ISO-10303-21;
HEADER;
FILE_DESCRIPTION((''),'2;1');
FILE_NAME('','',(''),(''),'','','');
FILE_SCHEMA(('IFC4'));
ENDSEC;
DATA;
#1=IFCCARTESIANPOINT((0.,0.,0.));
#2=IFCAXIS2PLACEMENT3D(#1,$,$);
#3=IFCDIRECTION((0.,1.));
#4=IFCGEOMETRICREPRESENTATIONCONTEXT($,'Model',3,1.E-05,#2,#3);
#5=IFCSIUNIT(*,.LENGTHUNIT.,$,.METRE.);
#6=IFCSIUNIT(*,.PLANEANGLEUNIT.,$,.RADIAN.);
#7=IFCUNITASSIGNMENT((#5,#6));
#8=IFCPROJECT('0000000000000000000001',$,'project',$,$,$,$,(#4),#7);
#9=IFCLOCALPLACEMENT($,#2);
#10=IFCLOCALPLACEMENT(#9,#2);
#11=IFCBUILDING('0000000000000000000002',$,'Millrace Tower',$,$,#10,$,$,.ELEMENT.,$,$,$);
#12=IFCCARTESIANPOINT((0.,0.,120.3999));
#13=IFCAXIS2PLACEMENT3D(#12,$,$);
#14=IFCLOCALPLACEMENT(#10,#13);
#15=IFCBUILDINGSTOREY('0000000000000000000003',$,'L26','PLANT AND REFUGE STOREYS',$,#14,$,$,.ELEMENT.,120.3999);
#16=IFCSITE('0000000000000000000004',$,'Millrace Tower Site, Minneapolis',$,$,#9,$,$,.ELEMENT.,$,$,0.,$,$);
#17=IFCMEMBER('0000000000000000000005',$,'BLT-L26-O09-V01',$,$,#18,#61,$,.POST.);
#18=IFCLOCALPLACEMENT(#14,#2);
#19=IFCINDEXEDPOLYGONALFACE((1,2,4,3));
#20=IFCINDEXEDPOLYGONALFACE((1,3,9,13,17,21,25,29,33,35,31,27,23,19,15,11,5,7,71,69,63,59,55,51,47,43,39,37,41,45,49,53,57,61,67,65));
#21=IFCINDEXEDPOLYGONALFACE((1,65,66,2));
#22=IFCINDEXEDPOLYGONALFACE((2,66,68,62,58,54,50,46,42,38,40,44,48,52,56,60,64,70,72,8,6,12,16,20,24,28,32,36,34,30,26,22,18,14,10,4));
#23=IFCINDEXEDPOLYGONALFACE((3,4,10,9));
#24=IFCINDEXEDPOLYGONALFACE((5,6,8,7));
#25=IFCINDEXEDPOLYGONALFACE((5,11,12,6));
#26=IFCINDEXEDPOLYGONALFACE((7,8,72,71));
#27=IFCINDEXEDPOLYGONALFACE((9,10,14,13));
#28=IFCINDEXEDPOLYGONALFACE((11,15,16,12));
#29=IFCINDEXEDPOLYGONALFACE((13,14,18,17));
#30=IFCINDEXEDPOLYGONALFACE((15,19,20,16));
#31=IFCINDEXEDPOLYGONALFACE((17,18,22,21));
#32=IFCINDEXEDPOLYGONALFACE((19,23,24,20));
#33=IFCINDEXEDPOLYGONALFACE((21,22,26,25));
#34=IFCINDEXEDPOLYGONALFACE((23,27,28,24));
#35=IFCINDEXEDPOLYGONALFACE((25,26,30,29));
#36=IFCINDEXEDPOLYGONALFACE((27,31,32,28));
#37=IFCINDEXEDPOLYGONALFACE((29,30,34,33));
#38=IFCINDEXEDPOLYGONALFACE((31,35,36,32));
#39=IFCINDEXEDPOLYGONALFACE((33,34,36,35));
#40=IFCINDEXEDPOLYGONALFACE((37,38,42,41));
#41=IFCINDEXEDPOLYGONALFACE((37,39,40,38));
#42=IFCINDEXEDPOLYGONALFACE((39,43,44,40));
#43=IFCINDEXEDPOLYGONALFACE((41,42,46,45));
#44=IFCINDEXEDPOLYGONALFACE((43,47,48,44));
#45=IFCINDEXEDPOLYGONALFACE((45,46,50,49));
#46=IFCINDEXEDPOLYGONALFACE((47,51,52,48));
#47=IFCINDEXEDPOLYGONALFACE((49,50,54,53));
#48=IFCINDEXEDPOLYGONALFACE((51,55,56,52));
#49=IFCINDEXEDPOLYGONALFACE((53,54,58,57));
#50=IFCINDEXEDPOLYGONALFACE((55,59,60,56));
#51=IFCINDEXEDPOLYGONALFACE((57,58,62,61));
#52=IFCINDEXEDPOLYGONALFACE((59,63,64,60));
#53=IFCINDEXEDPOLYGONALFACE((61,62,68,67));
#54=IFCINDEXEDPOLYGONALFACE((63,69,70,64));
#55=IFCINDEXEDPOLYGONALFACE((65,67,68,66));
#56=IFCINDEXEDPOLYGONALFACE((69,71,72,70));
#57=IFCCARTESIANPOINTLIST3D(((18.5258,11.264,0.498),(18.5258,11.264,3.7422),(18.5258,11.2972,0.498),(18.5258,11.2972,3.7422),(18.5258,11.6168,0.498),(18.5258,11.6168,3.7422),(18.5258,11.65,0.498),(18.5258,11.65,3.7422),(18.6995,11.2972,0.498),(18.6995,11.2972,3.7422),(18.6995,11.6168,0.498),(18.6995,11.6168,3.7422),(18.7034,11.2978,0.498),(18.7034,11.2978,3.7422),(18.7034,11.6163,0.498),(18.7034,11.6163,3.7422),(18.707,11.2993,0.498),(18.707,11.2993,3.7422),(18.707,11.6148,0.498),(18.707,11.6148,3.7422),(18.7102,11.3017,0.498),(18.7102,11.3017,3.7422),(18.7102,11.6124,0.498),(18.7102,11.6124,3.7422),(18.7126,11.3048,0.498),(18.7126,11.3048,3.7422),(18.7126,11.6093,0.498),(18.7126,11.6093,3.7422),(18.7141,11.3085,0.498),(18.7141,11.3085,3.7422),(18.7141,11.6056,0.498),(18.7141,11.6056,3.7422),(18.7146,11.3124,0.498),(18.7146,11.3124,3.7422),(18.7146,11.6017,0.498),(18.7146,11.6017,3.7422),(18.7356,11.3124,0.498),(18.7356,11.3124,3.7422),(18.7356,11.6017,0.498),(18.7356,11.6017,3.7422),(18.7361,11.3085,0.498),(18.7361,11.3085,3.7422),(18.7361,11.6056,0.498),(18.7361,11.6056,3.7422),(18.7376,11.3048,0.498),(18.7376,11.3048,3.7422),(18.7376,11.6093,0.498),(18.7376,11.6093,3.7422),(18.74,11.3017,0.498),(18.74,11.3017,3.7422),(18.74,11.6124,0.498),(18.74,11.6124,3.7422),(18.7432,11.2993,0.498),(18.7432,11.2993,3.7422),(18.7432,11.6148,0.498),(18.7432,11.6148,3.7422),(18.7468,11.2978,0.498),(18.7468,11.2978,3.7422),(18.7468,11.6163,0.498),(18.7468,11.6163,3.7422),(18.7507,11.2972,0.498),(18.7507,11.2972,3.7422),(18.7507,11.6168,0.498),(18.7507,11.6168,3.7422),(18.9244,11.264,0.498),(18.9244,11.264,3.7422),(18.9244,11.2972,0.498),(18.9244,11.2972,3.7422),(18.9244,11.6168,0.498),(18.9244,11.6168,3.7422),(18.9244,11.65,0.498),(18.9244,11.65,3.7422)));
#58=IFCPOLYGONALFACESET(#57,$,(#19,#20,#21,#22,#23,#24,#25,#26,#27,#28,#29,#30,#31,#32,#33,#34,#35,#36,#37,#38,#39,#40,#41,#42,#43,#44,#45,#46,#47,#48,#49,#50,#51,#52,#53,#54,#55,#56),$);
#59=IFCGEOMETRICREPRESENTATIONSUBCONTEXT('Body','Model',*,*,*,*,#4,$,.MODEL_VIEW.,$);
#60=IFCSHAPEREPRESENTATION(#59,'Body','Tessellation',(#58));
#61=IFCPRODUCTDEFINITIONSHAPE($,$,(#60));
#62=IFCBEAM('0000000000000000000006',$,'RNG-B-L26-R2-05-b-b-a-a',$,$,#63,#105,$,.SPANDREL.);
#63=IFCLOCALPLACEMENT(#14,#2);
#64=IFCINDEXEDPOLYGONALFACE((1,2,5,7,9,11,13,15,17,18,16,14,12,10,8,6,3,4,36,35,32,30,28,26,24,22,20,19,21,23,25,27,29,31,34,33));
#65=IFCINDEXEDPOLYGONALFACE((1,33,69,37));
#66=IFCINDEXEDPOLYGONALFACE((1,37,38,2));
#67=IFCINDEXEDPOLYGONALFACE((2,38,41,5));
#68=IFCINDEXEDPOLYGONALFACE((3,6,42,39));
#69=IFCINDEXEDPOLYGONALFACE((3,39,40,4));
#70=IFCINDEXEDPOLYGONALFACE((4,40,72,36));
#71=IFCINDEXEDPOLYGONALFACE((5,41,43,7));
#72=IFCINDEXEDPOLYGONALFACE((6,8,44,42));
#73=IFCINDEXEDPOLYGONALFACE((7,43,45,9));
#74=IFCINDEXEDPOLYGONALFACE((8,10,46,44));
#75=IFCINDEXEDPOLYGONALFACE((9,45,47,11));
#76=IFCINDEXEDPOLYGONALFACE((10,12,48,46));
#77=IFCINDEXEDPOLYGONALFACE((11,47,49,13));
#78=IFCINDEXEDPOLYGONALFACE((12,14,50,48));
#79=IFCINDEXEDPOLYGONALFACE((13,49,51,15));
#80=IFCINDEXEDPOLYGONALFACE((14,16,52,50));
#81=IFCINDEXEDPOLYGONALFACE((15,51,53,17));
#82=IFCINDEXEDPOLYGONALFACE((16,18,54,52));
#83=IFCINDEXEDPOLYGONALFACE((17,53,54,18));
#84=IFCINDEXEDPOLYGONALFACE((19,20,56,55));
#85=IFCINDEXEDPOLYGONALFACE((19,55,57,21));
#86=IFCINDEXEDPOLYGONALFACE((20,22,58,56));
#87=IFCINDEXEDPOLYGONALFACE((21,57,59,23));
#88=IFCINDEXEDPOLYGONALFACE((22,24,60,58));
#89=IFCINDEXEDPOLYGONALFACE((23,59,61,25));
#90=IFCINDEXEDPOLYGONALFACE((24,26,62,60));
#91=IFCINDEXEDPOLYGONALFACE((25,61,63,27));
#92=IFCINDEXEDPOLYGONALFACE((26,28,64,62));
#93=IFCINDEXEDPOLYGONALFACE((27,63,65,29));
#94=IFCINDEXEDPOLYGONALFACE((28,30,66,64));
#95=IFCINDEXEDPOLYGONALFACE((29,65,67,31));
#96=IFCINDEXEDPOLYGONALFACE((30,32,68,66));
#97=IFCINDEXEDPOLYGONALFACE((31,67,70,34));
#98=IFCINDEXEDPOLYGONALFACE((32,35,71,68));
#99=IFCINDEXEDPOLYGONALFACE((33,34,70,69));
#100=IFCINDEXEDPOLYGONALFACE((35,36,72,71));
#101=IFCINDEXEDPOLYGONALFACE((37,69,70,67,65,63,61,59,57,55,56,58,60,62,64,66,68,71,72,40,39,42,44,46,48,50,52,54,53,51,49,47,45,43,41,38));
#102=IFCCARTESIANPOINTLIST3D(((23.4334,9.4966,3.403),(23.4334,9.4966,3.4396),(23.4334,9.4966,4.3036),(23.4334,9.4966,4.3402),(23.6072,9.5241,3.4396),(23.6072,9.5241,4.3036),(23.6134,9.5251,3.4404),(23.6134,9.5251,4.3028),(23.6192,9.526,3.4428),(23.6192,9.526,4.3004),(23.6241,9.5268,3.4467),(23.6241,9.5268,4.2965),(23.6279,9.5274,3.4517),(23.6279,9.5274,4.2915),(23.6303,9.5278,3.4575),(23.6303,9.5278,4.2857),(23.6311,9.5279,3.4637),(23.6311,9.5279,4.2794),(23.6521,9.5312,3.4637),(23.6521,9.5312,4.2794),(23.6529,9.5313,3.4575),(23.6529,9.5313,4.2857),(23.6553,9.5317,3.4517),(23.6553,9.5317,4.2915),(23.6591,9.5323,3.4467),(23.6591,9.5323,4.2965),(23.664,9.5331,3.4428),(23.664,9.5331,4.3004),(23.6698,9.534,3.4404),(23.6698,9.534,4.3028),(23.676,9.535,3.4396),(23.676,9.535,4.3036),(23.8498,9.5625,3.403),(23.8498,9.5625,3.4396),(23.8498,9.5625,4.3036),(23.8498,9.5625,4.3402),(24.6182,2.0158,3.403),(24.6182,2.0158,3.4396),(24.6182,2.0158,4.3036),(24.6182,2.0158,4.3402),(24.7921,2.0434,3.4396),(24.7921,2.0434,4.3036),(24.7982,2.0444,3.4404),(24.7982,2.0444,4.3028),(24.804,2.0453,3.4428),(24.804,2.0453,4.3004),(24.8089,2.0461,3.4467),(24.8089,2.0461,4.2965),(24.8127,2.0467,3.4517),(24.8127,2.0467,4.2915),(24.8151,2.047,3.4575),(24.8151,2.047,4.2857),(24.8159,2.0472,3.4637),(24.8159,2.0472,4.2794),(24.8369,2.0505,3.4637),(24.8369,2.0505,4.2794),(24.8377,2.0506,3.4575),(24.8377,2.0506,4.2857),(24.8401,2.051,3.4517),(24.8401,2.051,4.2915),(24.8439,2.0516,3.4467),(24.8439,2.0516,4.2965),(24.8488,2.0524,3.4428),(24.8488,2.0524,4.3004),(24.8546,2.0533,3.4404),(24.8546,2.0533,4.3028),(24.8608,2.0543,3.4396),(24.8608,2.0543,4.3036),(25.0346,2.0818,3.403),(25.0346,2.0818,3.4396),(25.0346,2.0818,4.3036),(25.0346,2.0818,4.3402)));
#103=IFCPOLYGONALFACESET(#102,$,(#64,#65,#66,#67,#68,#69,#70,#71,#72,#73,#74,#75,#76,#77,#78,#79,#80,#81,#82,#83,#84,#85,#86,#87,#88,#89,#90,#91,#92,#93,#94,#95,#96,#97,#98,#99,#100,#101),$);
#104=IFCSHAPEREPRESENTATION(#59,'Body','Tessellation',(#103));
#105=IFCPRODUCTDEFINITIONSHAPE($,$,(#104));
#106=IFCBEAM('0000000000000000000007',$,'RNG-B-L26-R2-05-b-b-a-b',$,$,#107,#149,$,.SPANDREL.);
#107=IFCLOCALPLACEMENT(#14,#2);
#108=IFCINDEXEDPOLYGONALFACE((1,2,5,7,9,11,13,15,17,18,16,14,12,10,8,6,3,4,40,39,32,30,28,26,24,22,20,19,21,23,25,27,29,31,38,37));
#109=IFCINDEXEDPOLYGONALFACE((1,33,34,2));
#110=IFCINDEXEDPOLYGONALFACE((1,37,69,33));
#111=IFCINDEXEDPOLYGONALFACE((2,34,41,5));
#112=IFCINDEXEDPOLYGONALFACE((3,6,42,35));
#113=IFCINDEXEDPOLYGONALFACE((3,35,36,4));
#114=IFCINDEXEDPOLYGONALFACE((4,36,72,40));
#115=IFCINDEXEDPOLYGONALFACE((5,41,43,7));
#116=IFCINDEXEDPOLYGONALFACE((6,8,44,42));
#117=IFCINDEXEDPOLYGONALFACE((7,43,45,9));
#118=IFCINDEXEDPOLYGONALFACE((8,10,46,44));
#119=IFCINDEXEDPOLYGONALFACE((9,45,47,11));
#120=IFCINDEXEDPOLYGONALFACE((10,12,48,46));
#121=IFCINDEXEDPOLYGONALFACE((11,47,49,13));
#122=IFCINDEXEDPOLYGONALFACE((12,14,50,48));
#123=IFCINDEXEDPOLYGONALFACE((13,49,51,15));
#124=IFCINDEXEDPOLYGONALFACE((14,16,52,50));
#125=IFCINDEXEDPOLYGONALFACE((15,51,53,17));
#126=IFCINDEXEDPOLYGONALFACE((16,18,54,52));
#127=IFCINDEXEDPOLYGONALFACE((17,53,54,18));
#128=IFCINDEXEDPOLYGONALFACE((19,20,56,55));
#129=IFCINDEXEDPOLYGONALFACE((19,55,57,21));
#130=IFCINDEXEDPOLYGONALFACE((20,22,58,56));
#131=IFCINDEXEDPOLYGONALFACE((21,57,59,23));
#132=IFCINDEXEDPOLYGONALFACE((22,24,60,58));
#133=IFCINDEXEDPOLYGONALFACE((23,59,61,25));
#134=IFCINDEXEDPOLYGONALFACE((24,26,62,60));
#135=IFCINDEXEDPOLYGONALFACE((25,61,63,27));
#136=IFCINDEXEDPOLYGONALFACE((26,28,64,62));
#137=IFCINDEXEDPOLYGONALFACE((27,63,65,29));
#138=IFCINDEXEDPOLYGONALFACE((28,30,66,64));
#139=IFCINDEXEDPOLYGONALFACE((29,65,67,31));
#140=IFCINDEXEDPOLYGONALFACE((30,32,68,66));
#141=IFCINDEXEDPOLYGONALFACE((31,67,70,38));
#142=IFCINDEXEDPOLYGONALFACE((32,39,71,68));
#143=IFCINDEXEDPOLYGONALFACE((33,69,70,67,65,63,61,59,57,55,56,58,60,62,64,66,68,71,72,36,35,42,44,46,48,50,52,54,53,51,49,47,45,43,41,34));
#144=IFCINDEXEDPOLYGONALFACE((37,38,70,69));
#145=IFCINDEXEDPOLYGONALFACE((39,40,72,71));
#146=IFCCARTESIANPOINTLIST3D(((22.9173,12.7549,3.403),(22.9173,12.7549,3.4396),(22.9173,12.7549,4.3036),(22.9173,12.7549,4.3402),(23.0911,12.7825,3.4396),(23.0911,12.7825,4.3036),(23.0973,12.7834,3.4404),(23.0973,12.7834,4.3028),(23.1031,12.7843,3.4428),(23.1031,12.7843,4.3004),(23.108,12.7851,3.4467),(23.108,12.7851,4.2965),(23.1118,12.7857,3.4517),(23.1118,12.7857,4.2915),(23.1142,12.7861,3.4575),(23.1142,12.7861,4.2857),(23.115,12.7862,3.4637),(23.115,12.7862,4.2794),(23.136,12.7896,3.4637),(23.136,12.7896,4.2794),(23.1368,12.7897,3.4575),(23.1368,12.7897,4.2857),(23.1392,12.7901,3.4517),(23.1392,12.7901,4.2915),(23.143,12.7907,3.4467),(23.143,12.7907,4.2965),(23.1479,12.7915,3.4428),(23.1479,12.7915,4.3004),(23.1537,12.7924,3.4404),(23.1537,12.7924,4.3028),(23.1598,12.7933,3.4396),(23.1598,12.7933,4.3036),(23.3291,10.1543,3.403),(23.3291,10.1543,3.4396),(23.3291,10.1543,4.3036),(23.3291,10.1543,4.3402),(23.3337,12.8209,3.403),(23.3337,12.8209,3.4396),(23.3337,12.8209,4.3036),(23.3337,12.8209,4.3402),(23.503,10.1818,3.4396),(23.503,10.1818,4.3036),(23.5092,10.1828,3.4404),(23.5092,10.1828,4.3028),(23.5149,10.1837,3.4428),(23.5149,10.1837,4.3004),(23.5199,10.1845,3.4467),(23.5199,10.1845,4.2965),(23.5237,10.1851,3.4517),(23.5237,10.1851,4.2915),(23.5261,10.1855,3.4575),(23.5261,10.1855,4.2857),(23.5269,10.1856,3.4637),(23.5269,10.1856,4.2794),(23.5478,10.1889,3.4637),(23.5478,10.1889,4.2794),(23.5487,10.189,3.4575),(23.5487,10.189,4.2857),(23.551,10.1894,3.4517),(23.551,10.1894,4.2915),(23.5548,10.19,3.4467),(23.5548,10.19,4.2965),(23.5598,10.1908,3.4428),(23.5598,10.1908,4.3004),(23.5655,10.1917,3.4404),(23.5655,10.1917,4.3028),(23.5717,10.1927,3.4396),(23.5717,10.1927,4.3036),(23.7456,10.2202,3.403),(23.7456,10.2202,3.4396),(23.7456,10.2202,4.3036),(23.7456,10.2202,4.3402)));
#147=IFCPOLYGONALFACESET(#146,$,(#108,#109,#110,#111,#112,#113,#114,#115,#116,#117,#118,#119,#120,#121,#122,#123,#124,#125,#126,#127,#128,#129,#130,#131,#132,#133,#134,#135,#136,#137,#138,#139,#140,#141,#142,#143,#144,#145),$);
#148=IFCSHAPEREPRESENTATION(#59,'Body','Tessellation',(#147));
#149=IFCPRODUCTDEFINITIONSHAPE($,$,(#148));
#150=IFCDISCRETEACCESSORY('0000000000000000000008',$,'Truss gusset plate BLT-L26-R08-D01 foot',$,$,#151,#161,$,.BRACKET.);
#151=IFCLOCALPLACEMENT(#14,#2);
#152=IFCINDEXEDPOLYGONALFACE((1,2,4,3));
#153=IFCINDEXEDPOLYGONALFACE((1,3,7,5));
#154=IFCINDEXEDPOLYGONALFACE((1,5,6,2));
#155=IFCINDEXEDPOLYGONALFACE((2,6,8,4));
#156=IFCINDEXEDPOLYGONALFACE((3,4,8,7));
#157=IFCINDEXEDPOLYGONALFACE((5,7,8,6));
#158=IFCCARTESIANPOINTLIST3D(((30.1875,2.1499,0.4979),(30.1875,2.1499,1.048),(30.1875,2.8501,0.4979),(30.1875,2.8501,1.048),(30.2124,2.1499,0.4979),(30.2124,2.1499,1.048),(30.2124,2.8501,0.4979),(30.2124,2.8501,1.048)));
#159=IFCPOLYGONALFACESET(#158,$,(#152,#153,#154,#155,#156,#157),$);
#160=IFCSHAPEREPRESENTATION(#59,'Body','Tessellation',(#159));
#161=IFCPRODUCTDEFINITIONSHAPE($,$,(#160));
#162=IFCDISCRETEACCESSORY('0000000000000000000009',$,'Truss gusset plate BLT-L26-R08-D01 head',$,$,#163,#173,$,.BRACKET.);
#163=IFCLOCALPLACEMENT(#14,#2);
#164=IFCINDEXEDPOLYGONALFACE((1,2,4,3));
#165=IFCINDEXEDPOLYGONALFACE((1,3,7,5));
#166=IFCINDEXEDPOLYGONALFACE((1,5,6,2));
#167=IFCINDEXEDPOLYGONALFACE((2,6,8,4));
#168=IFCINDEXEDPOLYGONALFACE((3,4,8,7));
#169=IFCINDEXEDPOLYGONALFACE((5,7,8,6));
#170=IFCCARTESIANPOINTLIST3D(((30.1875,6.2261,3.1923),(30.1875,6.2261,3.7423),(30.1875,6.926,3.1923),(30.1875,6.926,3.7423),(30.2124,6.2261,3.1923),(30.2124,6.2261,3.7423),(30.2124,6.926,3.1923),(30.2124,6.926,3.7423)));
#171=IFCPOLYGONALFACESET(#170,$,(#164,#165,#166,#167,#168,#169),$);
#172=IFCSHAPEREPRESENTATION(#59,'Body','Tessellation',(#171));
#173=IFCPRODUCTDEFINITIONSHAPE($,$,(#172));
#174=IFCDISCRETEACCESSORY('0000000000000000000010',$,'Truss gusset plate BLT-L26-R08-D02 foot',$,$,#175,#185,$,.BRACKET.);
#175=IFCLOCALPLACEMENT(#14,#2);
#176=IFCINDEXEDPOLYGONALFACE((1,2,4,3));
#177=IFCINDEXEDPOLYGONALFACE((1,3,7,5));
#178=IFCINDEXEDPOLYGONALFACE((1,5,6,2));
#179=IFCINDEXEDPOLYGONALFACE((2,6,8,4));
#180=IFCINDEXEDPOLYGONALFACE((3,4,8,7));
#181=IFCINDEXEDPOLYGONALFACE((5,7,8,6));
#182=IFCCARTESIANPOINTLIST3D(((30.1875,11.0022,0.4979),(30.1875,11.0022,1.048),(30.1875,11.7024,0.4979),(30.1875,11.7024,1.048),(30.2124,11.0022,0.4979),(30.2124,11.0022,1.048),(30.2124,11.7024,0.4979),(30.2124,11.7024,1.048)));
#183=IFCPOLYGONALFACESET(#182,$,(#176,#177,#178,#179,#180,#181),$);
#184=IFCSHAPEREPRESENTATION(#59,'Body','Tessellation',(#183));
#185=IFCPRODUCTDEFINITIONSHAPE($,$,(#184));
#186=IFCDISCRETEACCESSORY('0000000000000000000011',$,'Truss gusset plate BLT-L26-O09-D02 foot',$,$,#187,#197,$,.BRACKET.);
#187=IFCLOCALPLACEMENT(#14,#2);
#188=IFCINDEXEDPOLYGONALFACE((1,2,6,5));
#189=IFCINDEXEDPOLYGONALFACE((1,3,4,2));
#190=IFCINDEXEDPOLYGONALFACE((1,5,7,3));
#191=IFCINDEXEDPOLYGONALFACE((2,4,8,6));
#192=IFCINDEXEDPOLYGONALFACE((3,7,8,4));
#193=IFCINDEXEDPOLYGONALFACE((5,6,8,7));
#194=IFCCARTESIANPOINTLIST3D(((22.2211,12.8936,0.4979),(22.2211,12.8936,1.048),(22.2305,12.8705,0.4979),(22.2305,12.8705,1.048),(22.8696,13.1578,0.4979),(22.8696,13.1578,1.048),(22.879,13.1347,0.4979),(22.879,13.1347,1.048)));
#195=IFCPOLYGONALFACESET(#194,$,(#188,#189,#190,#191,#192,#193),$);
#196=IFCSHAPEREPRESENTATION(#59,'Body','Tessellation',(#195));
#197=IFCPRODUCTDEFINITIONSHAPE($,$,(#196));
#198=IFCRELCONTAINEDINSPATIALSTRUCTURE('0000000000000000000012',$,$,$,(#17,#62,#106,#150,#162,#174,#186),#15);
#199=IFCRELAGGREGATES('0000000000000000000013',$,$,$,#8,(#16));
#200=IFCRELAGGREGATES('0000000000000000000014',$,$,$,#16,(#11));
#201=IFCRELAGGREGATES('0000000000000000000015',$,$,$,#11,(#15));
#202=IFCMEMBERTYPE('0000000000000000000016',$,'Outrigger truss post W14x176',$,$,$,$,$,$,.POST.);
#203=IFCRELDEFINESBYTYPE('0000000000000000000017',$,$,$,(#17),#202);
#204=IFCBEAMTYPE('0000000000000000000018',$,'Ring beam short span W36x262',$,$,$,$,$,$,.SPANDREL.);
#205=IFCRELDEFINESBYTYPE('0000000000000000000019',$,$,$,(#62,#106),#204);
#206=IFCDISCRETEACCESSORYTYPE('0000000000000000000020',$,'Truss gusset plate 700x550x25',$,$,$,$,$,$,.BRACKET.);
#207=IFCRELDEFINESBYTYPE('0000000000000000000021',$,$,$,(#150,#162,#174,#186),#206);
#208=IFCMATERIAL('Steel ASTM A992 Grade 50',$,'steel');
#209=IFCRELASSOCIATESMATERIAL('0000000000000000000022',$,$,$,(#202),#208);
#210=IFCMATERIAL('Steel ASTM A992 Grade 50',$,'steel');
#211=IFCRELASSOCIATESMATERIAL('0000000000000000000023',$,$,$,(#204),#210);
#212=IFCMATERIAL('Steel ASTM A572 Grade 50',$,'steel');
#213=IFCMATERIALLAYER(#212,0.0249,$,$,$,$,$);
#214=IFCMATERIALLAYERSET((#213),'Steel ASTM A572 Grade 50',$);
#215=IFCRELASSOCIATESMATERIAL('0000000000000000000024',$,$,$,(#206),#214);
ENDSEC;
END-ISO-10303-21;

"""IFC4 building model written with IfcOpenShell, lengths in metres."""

from ifc_helpers import new_model, si_unit, direction, frame, origin, origin_2d, place, context, subcontext, project, spatial, rectangle, i_section, extrude, material, layer, layer_set, material_profile, profile_set, type_object, element, save


model = new_model("IFC4")

# Units and contexts
model_context = context("Model", 3, precision=1e-05, world=origin(), true_north=direction((0.0, 1.0)))
body_context = subcontext(model_context, "Body", "Model", "MODEL_VIEW")
ifc_project = project(units=[si_unit("LENGTHUNIT", "METRE"), si_unit("PLANEANGLEUNIT", "RADIAN")], contexts=[model_context])

# Site, building, storey
site_placement = place(None, origin())
site = spatial("IfcSite", under=ifc_project, at=site_placement, Name="Millrace Tower Site, Minneapolis", CompositionType="ELEMENT", RefElevation=0.0)
building_placement = place(site_placement, origin())
building = spatial("IfcBuilding", under=site, at=building_placement, Name="Millrace Tower", CompositionType="ELEMENT")
storey_placement = place(building_placement, frame((0.0, 0.0, 120.3999)))
storey = spatial("IfcBuildingStorey", under=building, at=storey_placement, Name="L26", Description="PLANT AND REFUGE STOREYS", CompositionType="ELEMENT", Elevation=120.3999)

# Member
ifc_material_1 = material(Name="Steel ASTM A992 Grade 50", Category="steel")
ifc_material_profile_1 = material_profile(ifc_material_1, i_section(OverallWidth=0.3987, OverallDepth=0.386, WebThickness=0.021, FlangeThickness=0.0332, FilletRadius=0.0151, at=origin_2d()))
ifc_profile_set_1 = profile_set([ifc_material_profile_1], Name="Steel ASTM A992 Grade 50")
member_type_1 = type_object("IfcMemberType", Name="Outrigger truss post W14x176", PredefinedType="POST", material=ifc_profile_set_1)
member_1_placement = place(storey_placement, frame((18.7251, 11.457, 0.498), z_axis=(0.0, 0.0, 1.0), x_axis=(1.0, 0.0, 0.0)))
element("IfcMember", 1, at=member_1_placement, inside=storey, type_object=member_type_1, Name="BLT-L26-O09-V01", PredefinedType="POST", context=body_context, shape_type="SweptSolid", body=[
    extrude(i_section(OverallWidth=0.3987, OverallDepth=0.386, WebThickness=0.021, FlangeThickness=0.0332, FilletRadius=0.0151, at=origin_2d()), origin(), (0.0, 0.0, 1.0), 3.2441),
])

# Beams
ifc_material_2 = material(Name="Steel ASTM A992 Grade 50", Category="steel")
ifc_material_profile_2 = material_profile(ifc_material_2, i_section(OverallWidth=0.4216, OverallDepth=0.9373, WebThickness=0.0212, FlangeThickness=0.0366, FilletRadius=0.0242, at=origin_2d()))
ifc_profile_set_2 = profile_set([ifc_material_profile_2], Name="Steel ASTM A992 Grade 50")
beam_type_1 = type_object("IfcBeamType", Name="Ring beam short span W36x262", PredefinedType="SPANDREL", material=ifc_profile_set_2)
beam_1_placement = place(storey_placement, frame((24.8264, 2.0488, 3.8716), z_axis=(-0.156433, 0.987689, 0.0), x_axis=(-0.987689, -0.156433, 0.0)))
element("IfcBeam", 2, at=beam_1_placement, inside=storey, type_object=beam_type_1, Name="RNG-B-L26-R2-05-b-b-a-a", PredefinedType="SPANDREL", context=body_context, shape_type="SweptSolid", body=[
    extrude(i_section(OverallWidth=0.4216, OverallDepth=0.9373, WebThickness=0.0212, FlangeThickness=0.0366, FilletRadius=0.0242, at=origin_2d()), origin(), (0.0, 0.0, 1.0), 7.574),
])
beam_2_placement = place(storey_placement, frame((23.5374, 10.1873, 3.8716), z_axis=(-0.156424, 0.98769, 0.0), x_axis=(-0.98769, -0.156424, 0.0)))
element("IfcBeam", 3, at=beam_2_placement, inside=storey, type_object=beam_type_1, Name="RNG-B-L26-R2-05-b-b-a-b", PredefinedType="SPANDREL", context=body_context, shape_type="SweptSolid", body=[
    extrude(i_section(OverallWidth=0.4216, OverallDepth=0.9373, WebThickness=0.0212, FlangeThickness=0.0366, FilletRadius=0.0242, at=origin_2d()), origin(), (0.0, 0.0, 1.0), 2.6331),
])

# Discrete accessories
ifc_material_3 = material(Name="Steel ASTM A572 Grade 50", Category="steel")
ifc_layer_1 = layer(ifc_material_3, 0.0249)
ifc_layer_set_1 = layer_set([ifc_layer_1], Name="Steel ASTM A572 Grade 50")
discrete_accessory_type = type_object("IfcDiscreteAccessoryType", Name="Truss gusset plate 700x550x25", PredefinedType="BRACKET", material=ifc_layer_set_1)
discrete_accessory_1_placement = place(storey_placement, frame((30.2, 2.1499, 0.7729), z_axis=(0.0, 1.0, 0.0), x_axis=(-1.0, 0.0, 0.0)))
element("IfcDiscreteAccessory", 4, at=discrete_accessory_1_placement, inside=storey, type_object=discrete_accessory_type, Name="Truss gusset plate BLT-L26-R08-D01 foot", PredefinedType="BRACKET", context=body_context, shape_type="SweptSolid", body=[
    extrude(rectangle(XDim=0.0249, YDim=0.55, at=origin_2d()), origin(), (0.0, 0.0, 1.0), 0.7002),
])
discrete_accessory_2_placement = place(storey_placement, frame((30.2, 6.2261, 3.4673), z_axis=(0.0, 1.0, 0.0), x_axis=(-1.0, 0.0, 0.0)))
element("IfcDiscreteAccessory", 5, at=discrete_accessory_2_placement, inside=storey, type_object=discrete_accessory_type, Name="Truss gusset plate BLT-L26-R08-D01 head", PredefinedType="BRACKET", context=body_context, shape_type="SweptSolid", body=[
    extrude(rectangle(XDim=0.0249, YDim=0.55, at=origin_2d()), origin(), (0.0, 0.0, 1.0), 0.7),
])
for number, where, z_axis, x_axis, name in (
    (6, (30.2, 11.0022, 0.7729), (0.0, 1.0, 0.0), (-1.0, 0.0, 0.0), "Truss gusset plate BLT-L26-R08-D02 foot"),
    (7, (22.2258, 12.8821, 0.7729), (0.926101, 0.377275, 0.0), (-0.377275, 0.926101, 0.0), "Truss gusset plate BLT-L26-O09-D02 foot"),
):
    element("IfcDiscreteAccessory", number, at=place(storey_placement, frame(where, z_axis=z_axis, x_axis=x_axis)), inside=storey, type_object=discrete_accessory_type, Name=name, PredefinedType="BRACKET", context=body_context, shape_type="SweptSolid", body=[
        extrude(rectangle(XDim=0.0249, YDim=0.55, at=origin_2d()), origin(), (0.0, 0.0, 1.0), 0.7002),
    ])

save(model, "model.ifc")
